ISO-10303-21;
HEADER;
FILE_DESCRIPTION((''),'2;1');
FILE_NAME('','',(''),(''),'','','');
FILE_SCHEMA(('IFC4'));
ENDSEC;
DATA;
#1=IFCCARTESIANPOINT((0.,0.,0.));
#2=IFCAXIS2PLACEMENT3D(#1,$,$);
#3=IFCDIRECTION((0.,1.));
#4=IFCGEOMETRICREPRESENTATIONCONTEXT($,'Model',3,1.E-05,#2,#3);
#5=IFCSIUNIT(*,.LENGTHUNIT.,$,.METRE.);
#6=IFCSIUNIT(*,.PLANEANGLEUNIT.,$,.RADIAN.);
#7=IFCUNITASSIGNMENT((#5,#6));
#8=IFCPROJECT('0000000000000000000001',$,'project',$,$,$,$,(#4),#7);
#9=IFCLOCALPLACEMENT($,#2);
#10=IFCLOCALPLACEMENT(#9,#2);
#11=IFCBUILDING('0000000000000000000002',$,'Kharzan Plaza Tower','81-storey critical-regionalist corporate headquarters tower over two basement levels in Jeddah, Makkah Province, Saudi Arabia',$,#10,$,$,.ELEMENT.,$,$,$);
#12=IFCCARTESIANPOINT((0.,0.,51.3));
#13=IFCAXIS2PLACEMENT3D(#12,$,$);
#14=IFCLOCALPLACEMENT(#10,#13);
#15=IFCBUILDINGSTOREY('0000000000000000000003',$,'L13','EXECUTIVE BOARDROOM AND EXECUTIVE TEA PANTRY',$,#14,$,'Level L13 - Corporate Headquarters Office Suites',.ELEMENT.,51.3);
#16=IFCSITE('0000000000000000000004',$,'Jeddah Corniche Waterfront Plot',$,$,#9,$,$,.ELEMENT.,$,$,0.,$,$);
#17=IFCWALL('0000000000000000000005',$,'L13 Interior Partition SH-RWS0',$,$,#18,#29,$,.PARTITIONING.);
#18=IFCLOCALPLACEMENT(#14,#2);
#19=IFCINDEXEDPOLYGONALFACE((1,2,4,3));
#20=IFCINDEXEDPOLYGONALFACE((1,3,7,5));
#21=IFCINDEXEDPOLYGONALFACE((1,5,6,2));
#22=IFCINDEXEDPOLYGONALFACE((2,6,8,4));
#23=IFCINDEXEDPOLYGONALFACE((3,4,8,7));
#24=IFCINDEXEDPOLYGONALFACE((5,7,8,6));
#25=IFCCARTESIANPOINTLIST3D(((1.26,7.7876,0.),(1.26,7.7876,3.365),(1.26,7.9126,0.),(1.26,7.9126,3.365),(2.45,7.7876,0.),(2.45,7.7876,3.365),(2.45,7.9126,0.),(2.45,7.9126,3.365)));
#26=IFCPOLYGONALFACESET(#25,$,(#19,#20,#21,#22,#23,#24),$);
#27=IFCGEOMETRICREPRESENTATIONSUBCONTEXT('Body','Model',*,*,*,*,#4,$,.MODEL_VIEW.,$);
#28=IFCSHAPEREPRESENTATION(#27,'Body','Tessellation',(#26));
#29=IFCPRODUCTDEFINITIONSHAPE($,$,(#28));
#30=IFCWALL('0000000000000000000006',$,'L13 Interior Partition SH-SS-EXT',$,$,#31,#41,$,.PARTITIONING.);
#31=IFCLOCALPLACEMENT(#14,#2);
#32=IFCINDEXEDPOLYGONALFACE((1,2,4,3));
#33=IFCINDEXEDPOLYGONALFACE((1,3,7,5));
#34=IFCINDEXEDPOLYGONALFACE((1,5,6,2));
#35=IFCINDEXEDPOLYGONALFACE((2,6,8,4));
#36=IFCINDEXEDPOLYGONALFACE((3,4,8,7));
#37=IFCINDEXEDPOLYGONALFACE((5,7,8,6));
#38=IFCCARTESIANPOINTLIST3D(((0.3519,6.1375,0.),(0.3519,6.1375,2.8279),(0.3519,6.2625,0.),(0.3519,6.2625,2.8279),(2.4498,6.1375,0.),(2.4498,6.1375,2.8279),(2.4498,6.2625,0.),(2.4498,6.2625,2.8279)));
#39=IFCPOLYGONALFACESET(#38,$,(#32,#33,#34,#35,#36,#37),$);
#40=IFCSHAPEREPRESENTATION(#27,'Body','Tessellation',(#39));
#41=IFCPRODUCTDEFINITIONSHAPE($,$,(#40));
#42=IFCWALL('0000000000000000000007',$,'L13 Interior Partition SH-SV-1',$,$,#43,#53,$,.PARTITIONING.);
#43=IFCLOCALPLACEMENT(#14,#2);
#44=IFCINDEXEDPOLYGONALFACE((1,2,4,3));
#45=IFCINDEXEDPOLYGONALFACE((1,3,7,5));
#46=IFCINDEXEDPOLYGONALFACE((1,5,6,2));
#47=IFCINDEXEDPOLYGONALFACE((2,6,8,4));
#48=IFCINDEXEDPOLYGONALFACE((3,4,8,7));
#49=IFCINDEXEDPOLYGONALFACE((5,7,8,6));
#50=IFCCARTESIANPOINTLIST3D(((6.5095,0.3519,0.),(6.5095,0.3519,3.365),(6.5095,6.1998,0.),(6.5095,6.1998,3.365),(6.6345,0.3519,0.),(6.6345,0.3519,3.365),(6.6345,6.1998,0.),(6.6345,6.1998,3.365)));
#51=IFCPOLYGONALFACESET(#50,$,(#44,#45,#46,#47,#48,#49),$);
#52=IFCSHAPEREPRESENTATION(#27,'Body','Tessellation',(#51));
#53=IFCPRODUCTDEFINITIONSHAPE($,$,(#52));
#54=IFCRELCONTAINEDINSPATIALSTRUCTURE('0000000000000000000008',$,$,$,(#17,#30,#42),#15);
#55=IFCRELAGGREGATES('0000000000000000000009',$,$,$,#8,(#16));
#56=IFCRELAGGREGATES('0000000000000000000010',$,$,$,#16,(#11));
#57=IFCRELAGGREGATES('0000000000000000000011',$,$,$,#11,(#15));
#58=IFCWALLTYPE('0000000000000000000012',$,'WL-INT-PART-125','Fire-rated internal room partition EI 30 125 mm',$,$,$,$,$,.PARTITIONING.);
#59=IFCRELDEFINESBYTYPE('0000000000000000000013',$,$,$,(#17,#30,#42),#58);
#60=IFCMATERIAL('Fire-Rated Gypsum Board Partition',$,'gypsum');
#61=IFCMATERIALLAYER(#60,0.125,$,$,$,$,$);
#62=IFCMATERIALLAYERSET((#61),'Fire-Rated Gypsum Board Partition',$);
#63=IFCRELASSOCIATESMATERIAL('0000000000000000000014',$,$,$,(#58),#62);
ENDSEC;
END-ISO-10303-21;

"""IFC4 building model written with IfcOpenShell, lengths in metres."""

from ifc_helpers import new_model, si_unit, direction, frame, frame_2d, origin, place, context, subcontext, project, spatial, rectangle, extrude, source, transform, mapped, material, layer, layer_set, type_object, element, save


model = new_model("IFC4")

# Units and contexts
model_context = context("Model", 3, precision=1e-05, world=origin(), true_north=direction((0.0, 1.0)))
body_context = subcontext(model_context, "Body", "Model", "MODEL_VIEW")
ifc_project = project(units=[si_unit("LENGTHUNIT", "METRE"), si_unit("PLANEANGLEUNIT", "RADIAN")], contexts=[model_context])

# Site, building, storey
site_placement = place(None, origin())
site = spatial("IfcSite", under=ifc_project, at=site_placement, Name="Jeddah Corniche Waterfront Plot", CompositionType="ELEMENT", RefElevation=0.0)
building_placement = place(site_placement, origin())
building = spatial("IfcBuilding", under=site, at=building_placement, Name="Kharzan Plaza Tower", Description="81-storey critical-regionalist corporate headquarters tower over two basement levels in Jeddah, Makkah Province, Saudi Arabia", CompositionType="ELEMENT")
storey_placement = place(building_placement, frame((0.0, 0.0, 51.3)))
storey = spatial("IfcBuildingStorey", under=building, at=storey_placement, Name="L13", Description="EXECUTIVE BOARDROOM AND EXECUTIVE TEA PANTRY", LongName="Level L13 - Corporate Headquarters Office Suites", CompositionType="ELEMENT", Elevation=51.3)

# Shared definitions
ifc_material_1 = material(Name="Fire-Rated Gypsum Board Partition", Category="gypsum")
ifc_layer_1 = layer(ifc_material_1, 0.125)
ifc_layer_set_1 = layer_set([ifc_layer_1], Name="Fire-Rated Gypsum Board Partition")
wall_type_1 = type_object("IfcWallType", Name="WL-INT-PART-125", Description="Fire-rated internal room partition EI 30 125 mm", PredefinedType="PARTITIONING", material=ifc_layer_set_1)

# Walls
shared_shape_1 = source(origin(), body_context, "Body", "SweptSolid", [
    extrude(rectangle(XDim=1.1899, YDim=0.125, at=frame_2d((0.595, 0.0))), origin(), (0.0, 0.0, 1.0), 3.365),
])
wall_1_placement = place(storey_placement, frame((1.26, 7.8501, 0.0), z_axis=(0.0, 0.0, 1.0), x_axis=(1.0, 0.0, 0.0)))
element("IfcWall", 1, at=wall_1_placement, inside=storey, type_object=wall_type_1, Name="L13 Interior Partition SH-RWS0", PredefinedType="PARTITIONING", context=body_context, shape_type="MappedRepresentation", body=[
    mapped(shared_shape_1, transform((0.0, 0.0, 0.0), x_axis=(1.0, 0.0, 0.0), y_axis=(0.0, 1.0, 0.0), z_axis=(0.0, 0.0, 1.0))),
])
shared_shape_2 = source(origin(), body_context, "Body", "SweptSolid", [
    extrude(rectangle(XDim=2.0979, YDim=0.125, at=frame_2d((1.0488, 0.0))), origin(), (0.0, 0.0, 1.0), 2.8279),
])
wall_2_placement = place(storey_placement, frame((0.3521, 6.2, 0.0), z_axis=(0.0, 0.0, 1.0), x_axis=(1.0, 0.0, 0.0)))
element("IfcWall", 2, at=wall_2_placement, inside=storey, type_object=wall_type_1, Name="L13 Interior Partition SH-SS-EXT", PredefinedType="PARTITIONING", context=body_context, shape_type="MappedRepresentation", body=[
    mapped(shared_shape_2, transform((0.0, 0.0, 0.0), x_axis=(1.0, 0.0, 0.0), y_axis=(0.0, 1.0, 0.0), z_axis=(0.0, 0.0, 1.0))),
])
shared_shape_3 = source(origin(), body_context, "Body", "SweptSolid", [
    extrude(rectangle(XDim=5.8479, YDim=0.125, at=frame_2d((2.9238, 0.0))), origin(), (0.0, 0.0, 1.0), 3.365),
])
wall_3_placement = place(storey_placement, frame((6.572, 0.3521, 0.0), z_axis=(0.0, 0.0, 1.0), x_axis=(0.0, 1.0, 0.0)))
element("IfcWall", 3, at=wall_3_placement, inside=storey, type_object=wall_type_1, Name="L13 Interior Partition SH-SV-1", PredefinedType="PARTITIONING", context=body_context, shape_type="MappedRepresentation", body=[
    mapped(shared_shape_3, transform((0.0, 0.0, 0.0), x_axis=(1.0, 0.0, 0.0), y_axis=(0.0, 1.0, 0.0), z_axis=(0.0, 0.0, 1.0))),
])

save(model, "model.ifc")
